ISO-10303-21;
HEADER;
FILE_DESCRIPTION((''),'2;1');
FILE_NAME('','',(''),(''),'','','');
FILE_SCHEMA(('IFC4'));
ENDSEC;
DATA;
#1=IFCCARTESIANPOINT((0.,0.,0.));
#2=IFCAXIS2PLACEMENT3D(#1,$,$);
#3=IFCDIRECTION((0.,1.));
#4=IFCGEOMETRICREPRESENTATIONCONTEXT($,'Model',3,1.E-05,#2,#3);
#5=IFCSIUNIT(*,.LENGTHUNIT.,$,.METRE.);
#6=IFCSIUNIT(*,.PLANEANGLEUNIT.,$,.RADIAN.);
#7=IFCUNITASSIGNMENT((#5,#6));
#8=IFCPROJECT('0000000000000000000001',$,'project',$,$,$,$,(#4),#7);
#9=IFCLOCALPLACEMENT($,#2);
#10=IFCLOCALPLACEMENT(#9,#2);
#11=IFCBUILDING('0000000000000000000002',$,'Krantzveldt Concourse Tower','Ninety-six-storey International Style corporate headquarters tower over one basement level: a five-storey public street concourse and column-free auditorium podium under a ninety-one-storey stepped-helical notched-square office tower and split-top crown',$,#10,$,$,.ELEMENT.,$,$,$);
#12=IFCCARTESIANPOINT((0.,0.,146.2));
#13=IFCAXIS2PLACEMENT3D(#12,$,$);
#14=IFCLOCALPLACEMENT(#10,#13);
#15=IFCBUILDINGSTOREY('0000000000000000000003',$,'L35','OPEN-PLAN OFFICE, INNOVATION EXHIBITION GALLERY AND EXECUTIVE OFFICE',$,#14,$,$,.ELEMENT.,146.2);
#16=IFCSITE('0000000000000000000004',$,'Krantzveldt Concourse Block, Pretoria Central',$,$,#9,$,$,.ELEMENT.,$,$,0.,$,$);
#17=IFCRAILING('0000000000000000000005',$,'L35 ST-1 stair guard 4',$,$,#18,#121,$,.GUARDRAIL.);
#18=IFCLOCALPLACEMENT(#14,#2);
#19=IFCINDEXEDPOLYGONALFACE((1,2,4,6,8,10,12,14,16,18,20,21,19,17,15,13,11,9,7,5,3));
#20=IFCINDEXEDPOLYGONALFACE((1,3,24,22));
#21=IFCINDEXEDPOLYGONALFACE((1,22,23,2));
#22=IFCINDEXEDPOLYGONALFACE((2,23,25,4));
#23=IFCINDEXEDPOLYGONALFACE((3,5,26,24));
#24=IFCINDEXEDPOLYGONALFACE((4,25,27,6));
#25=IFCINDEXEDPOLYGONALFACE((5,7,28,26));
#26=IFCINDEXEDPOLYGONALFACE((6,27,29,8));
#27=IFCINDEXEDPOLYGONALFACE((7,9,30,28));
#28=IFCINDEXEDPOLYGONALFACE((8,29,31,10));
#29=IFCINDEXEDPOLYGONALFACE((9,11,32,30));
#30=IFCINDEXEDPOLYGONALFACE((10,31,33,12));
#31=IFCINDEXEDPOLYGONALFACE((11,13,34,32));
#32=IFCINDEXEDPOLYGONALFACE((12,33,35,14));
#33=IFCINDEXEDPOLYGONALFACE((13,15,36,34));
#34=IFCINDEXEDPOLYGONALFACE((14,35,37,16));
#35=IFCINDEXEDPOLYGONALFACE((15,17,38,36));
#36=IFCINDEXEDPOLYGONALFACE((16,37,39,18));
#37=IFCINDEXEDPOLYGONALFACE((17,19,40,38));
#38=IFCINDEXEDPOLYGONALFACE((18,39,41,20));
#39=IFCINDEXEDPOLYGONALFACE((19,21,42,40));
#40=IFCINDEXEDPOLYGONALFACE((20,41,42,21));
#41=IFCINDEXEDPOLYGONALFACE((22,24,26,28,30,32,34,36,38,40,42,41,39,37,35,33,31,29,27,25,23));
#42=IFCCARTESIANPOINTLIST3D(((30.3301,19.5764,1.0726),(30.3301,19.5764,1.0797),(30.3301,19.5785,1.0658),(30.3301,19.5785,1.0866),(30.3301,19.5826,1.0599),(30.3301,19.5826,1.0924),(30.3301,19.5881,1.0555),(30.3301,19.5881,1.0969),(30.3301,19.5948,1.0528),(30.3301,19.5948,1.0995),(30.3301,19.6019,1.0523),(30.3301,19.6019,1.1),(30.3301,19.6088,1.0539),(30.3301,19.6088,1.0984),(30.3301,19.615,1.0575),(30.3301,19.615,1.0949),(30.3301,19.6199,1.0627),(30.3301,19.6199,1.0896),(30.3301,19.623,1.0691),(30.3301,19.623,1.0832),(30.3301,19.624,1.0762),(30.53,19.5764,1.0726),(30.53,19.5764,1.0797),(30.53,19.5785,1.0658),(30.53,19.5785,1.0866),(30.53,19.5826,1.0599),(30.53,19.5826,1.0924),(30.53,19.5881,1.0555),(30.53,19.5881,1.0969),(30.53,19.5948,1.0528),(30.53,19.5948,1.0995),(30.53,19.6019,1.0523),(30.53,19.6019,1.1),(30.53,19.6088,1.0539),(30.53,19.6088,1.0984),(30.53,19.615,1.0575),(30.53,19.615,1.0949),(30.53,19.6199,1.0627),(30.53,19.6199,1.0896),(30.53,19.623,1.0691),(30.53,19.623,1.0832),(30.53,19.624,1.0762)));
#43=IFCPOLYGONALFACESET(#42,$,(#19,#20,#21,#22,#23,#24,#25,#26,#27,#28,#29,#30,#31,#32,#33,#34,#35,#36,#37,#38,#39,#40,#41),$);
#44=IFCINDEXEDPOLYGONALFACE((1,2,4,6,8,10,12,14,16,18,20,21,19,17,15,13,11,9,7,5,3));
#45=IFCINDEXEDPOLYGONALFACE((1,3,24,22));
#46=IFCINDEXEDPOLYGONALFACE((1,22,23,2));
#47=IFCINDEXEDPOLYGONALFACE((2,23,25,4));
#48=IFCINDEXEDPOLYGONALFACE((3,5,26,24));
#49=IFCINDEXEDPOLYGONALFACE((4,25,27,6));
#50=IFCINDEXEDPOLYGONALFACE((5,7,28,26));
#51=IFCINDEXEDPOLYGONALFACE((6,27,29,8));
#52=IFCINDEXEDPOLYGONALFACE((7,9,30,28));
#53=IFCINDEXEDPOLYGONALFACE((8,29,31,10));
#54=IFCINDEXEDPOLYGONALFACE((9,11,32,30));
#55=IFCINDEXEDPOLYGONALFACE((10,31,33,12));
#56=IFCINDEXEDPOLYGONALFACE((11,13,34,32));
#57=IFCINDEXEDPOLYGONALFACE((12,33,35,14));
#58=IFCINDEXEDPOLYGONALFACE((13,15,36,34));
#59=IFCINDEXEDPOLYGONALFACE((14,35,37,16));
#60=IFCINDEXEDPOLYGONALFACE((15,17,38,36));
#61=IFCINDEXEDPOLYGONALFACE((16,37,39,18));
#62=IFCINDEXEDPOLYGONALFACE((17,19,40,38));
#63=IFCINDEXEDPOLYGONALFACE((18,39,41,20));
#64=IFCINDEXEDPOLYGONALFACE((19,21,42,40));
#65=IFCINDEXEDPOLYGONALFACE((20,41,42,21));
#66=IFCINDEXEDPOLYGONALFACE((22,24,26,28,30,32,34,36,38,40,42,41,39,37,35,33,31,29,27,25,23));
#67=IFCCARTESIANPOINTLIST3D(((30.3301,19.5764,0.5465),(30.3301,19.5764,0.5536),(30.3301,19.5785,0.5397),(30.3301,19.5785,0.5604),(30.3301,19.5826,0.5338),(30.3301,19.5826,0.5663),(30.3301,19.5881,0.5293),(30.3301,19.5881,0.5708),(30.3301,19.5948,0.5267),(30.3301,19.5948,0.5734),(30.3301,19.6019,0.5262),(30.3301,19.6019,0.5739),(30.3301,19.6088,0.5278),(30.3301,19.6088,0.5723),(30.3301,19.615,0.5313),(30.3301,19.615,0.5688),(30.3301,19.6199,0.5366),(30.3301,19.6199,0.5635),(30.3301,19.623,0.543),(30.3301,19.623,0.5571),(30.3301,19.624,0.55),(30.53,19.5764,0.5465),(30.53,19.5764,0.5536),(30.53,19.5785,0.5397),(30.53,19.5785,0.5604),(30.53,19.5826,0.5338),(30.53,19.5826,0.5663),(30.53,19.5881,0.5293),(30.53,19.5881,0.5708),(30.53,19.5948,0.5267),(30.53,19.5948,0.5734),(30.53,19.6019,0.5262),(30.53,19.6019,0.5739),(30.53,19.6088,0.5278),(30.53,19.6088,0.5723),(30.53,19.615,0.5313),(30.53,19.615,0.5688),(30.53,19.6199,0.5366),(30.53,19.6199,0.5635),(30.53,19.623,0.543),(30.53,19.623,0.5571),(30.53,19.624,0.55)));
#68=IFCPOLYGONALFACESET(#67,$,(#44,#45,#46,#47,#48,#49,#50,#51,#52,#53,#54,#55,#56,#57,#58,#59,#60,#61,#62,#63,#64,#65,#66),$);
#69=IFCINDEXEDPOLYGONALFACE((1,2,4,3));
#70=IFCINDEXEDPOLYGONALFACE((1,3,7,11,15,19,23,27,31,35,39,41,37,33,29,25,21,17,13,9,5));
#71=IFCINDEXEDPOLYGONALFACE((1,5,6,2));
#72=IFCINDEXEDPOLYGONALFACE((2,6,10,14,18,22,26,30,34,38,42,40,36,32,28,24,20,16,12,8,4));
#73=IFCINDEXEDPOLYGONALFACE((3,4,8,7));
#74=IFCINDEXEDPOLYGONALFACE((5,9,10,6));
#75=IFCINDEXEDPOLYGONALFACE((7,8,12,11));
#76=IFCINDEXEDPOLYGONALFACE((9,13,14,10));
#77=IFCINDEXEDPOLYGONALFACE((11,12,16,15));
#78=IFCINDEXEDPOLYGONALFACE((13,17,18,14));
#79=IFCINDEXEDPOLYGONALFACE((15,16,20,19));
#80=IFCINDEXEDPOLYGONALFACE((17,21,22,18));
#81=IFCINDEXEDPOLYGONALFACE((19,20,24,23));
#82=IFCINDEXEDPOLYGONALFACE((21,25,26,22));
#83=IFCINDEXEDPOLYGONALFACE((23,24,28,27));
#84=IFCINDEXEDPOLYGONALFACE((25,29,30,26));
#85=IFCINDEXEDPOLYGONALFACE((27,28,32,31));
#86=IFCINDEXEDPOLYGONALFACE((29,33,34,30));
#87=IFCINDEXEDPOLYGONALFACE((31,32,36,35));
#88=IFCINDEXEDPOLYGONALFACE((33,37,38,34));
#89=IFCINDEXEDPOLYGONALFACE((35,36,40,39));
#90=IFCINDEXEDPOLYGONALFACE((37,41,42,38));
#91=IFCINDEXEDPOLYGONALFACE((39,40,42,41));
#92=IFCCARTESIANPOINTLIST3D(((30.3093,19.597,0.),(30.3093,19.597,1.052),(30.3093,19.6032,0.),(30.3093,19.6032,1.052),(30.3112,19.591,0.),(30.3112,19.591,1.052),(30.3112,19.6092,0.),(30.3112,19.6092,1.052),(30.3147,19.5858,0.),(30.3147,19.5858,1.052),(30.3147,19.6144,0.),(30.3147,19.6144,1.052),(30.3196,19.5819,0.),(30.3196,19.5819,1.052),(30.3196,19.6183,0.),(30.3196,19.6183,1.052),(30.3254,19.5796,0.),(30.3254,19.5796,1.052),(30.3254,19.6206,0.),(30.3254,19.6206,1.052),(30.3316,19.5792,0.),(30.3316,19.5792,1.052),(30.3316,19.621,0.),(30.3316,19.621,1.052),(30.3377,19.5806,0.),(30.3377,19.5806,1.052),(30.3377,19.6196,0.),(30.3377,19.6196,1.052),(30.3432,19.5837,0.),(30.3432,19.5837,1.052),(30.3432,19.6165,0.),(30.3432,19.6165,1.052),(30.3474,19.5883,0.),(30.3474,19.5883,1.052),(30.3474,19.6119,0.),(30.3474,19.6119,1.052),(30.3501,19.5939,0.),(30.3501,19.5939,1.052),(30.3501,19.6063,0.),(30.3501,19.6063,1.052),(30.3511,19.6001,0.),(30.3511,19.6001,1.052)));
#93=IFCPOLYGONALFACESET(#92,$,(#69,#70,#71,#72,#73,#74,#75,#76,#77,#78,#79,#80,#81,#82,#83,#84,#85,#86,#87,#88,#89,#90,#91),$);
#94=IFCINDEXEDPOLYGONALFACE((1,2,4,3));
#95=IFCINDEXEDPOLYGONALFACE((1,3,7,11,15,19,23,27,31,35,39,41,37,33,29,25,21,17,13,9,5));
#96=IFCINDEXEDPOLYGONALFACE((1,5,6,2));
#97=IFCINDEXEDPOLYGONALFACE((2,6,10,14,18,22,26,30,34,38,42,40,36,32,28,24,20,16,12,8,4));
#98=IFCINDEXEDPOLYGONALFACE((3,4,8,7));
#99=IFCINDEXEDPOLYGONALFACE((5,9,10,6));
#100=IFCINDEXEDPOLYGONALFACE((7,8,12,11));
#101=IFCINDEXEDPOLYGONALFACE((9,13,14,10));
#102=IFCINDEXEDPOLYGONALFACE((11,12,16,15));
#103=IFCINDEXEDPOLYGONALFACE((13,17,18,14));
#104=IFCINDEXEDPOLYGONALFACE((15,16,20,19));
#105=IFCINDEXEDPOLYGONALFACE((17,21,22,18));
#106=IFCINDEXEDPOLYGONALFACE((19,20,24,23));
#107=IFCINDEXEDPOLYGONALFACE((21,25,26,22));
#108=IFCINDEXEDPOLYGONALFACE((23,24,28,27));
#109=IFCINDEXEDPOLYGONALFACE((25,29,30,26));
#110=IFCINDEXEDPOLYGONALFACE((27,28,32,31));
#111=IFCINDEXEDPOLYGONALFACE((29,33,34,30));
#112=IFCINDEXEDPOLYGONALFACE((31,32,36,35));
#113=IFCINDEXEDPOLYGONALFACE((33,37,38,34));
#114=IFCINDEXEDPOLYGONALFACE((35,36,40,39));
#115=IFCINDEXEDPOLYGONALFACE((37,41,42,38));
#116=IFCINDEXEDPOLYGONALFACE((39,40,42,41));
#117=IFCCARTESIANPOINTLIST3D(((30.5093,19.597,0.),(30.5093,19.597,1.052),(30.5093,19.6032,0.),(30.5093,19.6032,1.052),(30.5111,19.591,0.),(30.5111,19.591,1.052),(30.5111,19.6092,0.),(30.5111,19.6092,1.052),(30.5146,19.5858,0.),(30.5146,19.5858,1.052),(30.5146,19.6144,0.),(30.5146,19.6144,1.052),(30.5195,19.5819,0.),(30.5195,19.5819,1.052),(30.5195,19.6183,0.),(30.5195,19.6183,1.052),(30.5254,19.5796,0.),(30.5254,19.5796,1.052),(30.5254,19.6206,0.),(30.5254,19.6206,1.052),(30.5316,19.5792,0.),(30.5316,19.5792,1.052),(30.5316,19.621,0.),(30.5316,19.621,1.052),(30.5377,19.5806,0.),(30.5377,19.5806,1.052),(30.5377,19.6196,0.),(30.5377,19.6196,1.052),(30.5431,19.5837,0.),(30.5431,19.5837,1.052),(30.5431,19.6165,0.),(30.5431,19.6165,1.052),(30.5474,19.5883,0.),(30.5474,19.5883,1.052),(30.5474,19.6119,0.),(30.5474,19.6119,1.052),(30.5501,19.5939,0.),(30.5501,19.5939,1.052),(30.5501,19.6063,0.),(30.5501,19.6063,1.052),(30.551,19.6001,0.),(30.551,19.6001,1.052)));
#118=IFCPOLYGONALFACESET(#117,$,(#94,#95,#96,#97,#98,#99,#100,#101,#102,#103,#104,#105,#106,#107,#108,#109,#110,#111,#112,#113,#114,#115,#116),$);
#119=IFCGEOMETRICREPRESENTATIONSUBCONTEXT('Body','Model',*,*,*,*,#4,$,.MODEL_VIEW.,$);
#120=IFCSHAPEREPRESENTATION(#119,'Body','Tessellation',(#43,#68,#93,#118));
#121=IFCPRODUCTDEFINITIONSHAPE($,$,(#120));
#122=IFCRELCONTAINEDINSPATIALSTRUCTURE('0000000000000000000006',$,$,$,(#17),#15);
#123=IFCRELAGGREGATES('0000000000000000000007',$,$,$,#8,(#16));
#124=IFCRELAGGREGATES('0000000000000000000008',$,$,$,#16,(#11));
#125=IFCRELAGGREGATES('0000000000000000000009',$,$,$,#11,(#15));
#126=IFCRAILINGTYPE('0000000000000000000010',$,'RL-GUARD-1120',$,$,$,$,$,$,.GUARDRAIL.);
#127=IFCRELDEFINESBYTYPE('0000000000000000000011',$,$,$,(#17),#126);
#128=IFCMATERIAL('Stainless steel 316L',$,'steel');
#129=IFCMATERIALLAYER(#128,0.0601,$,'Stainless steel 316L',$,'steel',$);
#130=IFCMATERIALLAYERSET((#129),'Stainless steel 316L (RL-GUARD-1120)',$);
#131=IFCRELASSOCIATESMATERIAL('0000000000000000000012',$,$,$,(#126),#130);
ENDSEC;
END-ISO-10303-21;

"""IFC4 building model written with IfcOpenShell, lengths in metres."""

from ifc_helpers import new_model, si_unit, direction, frame, origin, origin_2d, place, context, subcontext, project, spatial, circle, extrude, material, layer, layer_set, type_object, element, save


model = new_model("IFC4")

# Units and contexts
model_context = context("Model", 3, precision=1e-05, world=origin(), true_north=direction((0.0, 1.0)))
body_context = subcontext(model_context, "Body", "Model", "MODEL_VIEW")
ifc_project = project(units=[si_unit("LENGTHUNIT", "METRE"), si_unit("PLANEANGLEUNIT", "RADIAN")], contexts=[model_context])

# Site, building, storey
site_placement = place(None, origin())
site = spatial("IfcSite", under=ifc_project, at=site_placement, Name="Krantzveldt Concourse Block, Pretoria Central", CompositionType="ELEMENT", RefElevation=0.0)
building_placement = place(site_placement, origin())
building = spatial("IfcBuilding", under=site, at=building_placement, Name="Krantzveldt Concourse Tower", Description="Ninety-six-storey International Style corporate headquarters tower over one basement level: a five-storey public street concourse and column-free auditorium podium under a ninety-one-storey stepped-helical notched-square office tower and split-top crown", CompositionType="ELEMENT")
storey_placement = place(building_placement, frame((0.0, 0.0, 146.2)))
storey = spatial("IfcBuildingStorey", under=building, at=storey_placement, Name="L35", Description="OPEN-PLAN OFFICE, INNOVATION EXHIBITION GALLERY AND EXECUTIVE OFFICE", CompositionType="ELEMENT", Elevation=146.2)

# Shared definitions
ifc_material_1 = material(Name="Stainless steel 316L", Category="steel")

# Railing
ifc_layer_1 = layer(ifc_material_1, 0.0601, Name="Stainless steel 316L", Category="steel")
ifc_layer_set_1 = layer_set([ifc_layer_1], Name="Stainless steel 316L (RL-GUARD-1120)")
railing_type_1 = type_object("IfcRailingType", Name="RL-GUARD-1120", PredefinedType="GUARDRAIL", material=ifc_layer_set_1)
railing_1_placement = place(storey_placement, frame((30.3301, 19.6001, 0.0)))
element("IfcRailing", 1, at=railing_1_placement, inside=storey, type_object=railing_type_1, Name="L35 ST-1 stair guard 4", PredefinedType="GUARDRAIL", context=body_context, shape_type="SweptSolid", body=[
    extrude(circle(Radius=0.0239, at=origin_2d()), frame((0.0, 0.0, 1.0762), z_axis=(1.0, 0.0, 0.0), x_axis=(0.0, 1.0, 0.0)), (0.0, 0.0, 1.0), 0.2),
    extrude(circle(Radius=0.0239, at=origin_2d()), frame((0.0, 0.0, 0.55), z_axis=(1.0, 0.0, 0.0), x_axis=(0.0, 1.0, 0.0)), (0.0, 0.0, 1.0), 0.2),
    extrude(circle(Radius=0.021, at=origin_2d()), origin(), (0.0, 0.0, 1.0), 1.052),
    extrude(circle(Radius=0.021, at=origin_2d()), frame((0.2, 0.0, 0.0)), (0.0, 0.0, 1.0), 1.052),
])

save(model, "model.ifc")
